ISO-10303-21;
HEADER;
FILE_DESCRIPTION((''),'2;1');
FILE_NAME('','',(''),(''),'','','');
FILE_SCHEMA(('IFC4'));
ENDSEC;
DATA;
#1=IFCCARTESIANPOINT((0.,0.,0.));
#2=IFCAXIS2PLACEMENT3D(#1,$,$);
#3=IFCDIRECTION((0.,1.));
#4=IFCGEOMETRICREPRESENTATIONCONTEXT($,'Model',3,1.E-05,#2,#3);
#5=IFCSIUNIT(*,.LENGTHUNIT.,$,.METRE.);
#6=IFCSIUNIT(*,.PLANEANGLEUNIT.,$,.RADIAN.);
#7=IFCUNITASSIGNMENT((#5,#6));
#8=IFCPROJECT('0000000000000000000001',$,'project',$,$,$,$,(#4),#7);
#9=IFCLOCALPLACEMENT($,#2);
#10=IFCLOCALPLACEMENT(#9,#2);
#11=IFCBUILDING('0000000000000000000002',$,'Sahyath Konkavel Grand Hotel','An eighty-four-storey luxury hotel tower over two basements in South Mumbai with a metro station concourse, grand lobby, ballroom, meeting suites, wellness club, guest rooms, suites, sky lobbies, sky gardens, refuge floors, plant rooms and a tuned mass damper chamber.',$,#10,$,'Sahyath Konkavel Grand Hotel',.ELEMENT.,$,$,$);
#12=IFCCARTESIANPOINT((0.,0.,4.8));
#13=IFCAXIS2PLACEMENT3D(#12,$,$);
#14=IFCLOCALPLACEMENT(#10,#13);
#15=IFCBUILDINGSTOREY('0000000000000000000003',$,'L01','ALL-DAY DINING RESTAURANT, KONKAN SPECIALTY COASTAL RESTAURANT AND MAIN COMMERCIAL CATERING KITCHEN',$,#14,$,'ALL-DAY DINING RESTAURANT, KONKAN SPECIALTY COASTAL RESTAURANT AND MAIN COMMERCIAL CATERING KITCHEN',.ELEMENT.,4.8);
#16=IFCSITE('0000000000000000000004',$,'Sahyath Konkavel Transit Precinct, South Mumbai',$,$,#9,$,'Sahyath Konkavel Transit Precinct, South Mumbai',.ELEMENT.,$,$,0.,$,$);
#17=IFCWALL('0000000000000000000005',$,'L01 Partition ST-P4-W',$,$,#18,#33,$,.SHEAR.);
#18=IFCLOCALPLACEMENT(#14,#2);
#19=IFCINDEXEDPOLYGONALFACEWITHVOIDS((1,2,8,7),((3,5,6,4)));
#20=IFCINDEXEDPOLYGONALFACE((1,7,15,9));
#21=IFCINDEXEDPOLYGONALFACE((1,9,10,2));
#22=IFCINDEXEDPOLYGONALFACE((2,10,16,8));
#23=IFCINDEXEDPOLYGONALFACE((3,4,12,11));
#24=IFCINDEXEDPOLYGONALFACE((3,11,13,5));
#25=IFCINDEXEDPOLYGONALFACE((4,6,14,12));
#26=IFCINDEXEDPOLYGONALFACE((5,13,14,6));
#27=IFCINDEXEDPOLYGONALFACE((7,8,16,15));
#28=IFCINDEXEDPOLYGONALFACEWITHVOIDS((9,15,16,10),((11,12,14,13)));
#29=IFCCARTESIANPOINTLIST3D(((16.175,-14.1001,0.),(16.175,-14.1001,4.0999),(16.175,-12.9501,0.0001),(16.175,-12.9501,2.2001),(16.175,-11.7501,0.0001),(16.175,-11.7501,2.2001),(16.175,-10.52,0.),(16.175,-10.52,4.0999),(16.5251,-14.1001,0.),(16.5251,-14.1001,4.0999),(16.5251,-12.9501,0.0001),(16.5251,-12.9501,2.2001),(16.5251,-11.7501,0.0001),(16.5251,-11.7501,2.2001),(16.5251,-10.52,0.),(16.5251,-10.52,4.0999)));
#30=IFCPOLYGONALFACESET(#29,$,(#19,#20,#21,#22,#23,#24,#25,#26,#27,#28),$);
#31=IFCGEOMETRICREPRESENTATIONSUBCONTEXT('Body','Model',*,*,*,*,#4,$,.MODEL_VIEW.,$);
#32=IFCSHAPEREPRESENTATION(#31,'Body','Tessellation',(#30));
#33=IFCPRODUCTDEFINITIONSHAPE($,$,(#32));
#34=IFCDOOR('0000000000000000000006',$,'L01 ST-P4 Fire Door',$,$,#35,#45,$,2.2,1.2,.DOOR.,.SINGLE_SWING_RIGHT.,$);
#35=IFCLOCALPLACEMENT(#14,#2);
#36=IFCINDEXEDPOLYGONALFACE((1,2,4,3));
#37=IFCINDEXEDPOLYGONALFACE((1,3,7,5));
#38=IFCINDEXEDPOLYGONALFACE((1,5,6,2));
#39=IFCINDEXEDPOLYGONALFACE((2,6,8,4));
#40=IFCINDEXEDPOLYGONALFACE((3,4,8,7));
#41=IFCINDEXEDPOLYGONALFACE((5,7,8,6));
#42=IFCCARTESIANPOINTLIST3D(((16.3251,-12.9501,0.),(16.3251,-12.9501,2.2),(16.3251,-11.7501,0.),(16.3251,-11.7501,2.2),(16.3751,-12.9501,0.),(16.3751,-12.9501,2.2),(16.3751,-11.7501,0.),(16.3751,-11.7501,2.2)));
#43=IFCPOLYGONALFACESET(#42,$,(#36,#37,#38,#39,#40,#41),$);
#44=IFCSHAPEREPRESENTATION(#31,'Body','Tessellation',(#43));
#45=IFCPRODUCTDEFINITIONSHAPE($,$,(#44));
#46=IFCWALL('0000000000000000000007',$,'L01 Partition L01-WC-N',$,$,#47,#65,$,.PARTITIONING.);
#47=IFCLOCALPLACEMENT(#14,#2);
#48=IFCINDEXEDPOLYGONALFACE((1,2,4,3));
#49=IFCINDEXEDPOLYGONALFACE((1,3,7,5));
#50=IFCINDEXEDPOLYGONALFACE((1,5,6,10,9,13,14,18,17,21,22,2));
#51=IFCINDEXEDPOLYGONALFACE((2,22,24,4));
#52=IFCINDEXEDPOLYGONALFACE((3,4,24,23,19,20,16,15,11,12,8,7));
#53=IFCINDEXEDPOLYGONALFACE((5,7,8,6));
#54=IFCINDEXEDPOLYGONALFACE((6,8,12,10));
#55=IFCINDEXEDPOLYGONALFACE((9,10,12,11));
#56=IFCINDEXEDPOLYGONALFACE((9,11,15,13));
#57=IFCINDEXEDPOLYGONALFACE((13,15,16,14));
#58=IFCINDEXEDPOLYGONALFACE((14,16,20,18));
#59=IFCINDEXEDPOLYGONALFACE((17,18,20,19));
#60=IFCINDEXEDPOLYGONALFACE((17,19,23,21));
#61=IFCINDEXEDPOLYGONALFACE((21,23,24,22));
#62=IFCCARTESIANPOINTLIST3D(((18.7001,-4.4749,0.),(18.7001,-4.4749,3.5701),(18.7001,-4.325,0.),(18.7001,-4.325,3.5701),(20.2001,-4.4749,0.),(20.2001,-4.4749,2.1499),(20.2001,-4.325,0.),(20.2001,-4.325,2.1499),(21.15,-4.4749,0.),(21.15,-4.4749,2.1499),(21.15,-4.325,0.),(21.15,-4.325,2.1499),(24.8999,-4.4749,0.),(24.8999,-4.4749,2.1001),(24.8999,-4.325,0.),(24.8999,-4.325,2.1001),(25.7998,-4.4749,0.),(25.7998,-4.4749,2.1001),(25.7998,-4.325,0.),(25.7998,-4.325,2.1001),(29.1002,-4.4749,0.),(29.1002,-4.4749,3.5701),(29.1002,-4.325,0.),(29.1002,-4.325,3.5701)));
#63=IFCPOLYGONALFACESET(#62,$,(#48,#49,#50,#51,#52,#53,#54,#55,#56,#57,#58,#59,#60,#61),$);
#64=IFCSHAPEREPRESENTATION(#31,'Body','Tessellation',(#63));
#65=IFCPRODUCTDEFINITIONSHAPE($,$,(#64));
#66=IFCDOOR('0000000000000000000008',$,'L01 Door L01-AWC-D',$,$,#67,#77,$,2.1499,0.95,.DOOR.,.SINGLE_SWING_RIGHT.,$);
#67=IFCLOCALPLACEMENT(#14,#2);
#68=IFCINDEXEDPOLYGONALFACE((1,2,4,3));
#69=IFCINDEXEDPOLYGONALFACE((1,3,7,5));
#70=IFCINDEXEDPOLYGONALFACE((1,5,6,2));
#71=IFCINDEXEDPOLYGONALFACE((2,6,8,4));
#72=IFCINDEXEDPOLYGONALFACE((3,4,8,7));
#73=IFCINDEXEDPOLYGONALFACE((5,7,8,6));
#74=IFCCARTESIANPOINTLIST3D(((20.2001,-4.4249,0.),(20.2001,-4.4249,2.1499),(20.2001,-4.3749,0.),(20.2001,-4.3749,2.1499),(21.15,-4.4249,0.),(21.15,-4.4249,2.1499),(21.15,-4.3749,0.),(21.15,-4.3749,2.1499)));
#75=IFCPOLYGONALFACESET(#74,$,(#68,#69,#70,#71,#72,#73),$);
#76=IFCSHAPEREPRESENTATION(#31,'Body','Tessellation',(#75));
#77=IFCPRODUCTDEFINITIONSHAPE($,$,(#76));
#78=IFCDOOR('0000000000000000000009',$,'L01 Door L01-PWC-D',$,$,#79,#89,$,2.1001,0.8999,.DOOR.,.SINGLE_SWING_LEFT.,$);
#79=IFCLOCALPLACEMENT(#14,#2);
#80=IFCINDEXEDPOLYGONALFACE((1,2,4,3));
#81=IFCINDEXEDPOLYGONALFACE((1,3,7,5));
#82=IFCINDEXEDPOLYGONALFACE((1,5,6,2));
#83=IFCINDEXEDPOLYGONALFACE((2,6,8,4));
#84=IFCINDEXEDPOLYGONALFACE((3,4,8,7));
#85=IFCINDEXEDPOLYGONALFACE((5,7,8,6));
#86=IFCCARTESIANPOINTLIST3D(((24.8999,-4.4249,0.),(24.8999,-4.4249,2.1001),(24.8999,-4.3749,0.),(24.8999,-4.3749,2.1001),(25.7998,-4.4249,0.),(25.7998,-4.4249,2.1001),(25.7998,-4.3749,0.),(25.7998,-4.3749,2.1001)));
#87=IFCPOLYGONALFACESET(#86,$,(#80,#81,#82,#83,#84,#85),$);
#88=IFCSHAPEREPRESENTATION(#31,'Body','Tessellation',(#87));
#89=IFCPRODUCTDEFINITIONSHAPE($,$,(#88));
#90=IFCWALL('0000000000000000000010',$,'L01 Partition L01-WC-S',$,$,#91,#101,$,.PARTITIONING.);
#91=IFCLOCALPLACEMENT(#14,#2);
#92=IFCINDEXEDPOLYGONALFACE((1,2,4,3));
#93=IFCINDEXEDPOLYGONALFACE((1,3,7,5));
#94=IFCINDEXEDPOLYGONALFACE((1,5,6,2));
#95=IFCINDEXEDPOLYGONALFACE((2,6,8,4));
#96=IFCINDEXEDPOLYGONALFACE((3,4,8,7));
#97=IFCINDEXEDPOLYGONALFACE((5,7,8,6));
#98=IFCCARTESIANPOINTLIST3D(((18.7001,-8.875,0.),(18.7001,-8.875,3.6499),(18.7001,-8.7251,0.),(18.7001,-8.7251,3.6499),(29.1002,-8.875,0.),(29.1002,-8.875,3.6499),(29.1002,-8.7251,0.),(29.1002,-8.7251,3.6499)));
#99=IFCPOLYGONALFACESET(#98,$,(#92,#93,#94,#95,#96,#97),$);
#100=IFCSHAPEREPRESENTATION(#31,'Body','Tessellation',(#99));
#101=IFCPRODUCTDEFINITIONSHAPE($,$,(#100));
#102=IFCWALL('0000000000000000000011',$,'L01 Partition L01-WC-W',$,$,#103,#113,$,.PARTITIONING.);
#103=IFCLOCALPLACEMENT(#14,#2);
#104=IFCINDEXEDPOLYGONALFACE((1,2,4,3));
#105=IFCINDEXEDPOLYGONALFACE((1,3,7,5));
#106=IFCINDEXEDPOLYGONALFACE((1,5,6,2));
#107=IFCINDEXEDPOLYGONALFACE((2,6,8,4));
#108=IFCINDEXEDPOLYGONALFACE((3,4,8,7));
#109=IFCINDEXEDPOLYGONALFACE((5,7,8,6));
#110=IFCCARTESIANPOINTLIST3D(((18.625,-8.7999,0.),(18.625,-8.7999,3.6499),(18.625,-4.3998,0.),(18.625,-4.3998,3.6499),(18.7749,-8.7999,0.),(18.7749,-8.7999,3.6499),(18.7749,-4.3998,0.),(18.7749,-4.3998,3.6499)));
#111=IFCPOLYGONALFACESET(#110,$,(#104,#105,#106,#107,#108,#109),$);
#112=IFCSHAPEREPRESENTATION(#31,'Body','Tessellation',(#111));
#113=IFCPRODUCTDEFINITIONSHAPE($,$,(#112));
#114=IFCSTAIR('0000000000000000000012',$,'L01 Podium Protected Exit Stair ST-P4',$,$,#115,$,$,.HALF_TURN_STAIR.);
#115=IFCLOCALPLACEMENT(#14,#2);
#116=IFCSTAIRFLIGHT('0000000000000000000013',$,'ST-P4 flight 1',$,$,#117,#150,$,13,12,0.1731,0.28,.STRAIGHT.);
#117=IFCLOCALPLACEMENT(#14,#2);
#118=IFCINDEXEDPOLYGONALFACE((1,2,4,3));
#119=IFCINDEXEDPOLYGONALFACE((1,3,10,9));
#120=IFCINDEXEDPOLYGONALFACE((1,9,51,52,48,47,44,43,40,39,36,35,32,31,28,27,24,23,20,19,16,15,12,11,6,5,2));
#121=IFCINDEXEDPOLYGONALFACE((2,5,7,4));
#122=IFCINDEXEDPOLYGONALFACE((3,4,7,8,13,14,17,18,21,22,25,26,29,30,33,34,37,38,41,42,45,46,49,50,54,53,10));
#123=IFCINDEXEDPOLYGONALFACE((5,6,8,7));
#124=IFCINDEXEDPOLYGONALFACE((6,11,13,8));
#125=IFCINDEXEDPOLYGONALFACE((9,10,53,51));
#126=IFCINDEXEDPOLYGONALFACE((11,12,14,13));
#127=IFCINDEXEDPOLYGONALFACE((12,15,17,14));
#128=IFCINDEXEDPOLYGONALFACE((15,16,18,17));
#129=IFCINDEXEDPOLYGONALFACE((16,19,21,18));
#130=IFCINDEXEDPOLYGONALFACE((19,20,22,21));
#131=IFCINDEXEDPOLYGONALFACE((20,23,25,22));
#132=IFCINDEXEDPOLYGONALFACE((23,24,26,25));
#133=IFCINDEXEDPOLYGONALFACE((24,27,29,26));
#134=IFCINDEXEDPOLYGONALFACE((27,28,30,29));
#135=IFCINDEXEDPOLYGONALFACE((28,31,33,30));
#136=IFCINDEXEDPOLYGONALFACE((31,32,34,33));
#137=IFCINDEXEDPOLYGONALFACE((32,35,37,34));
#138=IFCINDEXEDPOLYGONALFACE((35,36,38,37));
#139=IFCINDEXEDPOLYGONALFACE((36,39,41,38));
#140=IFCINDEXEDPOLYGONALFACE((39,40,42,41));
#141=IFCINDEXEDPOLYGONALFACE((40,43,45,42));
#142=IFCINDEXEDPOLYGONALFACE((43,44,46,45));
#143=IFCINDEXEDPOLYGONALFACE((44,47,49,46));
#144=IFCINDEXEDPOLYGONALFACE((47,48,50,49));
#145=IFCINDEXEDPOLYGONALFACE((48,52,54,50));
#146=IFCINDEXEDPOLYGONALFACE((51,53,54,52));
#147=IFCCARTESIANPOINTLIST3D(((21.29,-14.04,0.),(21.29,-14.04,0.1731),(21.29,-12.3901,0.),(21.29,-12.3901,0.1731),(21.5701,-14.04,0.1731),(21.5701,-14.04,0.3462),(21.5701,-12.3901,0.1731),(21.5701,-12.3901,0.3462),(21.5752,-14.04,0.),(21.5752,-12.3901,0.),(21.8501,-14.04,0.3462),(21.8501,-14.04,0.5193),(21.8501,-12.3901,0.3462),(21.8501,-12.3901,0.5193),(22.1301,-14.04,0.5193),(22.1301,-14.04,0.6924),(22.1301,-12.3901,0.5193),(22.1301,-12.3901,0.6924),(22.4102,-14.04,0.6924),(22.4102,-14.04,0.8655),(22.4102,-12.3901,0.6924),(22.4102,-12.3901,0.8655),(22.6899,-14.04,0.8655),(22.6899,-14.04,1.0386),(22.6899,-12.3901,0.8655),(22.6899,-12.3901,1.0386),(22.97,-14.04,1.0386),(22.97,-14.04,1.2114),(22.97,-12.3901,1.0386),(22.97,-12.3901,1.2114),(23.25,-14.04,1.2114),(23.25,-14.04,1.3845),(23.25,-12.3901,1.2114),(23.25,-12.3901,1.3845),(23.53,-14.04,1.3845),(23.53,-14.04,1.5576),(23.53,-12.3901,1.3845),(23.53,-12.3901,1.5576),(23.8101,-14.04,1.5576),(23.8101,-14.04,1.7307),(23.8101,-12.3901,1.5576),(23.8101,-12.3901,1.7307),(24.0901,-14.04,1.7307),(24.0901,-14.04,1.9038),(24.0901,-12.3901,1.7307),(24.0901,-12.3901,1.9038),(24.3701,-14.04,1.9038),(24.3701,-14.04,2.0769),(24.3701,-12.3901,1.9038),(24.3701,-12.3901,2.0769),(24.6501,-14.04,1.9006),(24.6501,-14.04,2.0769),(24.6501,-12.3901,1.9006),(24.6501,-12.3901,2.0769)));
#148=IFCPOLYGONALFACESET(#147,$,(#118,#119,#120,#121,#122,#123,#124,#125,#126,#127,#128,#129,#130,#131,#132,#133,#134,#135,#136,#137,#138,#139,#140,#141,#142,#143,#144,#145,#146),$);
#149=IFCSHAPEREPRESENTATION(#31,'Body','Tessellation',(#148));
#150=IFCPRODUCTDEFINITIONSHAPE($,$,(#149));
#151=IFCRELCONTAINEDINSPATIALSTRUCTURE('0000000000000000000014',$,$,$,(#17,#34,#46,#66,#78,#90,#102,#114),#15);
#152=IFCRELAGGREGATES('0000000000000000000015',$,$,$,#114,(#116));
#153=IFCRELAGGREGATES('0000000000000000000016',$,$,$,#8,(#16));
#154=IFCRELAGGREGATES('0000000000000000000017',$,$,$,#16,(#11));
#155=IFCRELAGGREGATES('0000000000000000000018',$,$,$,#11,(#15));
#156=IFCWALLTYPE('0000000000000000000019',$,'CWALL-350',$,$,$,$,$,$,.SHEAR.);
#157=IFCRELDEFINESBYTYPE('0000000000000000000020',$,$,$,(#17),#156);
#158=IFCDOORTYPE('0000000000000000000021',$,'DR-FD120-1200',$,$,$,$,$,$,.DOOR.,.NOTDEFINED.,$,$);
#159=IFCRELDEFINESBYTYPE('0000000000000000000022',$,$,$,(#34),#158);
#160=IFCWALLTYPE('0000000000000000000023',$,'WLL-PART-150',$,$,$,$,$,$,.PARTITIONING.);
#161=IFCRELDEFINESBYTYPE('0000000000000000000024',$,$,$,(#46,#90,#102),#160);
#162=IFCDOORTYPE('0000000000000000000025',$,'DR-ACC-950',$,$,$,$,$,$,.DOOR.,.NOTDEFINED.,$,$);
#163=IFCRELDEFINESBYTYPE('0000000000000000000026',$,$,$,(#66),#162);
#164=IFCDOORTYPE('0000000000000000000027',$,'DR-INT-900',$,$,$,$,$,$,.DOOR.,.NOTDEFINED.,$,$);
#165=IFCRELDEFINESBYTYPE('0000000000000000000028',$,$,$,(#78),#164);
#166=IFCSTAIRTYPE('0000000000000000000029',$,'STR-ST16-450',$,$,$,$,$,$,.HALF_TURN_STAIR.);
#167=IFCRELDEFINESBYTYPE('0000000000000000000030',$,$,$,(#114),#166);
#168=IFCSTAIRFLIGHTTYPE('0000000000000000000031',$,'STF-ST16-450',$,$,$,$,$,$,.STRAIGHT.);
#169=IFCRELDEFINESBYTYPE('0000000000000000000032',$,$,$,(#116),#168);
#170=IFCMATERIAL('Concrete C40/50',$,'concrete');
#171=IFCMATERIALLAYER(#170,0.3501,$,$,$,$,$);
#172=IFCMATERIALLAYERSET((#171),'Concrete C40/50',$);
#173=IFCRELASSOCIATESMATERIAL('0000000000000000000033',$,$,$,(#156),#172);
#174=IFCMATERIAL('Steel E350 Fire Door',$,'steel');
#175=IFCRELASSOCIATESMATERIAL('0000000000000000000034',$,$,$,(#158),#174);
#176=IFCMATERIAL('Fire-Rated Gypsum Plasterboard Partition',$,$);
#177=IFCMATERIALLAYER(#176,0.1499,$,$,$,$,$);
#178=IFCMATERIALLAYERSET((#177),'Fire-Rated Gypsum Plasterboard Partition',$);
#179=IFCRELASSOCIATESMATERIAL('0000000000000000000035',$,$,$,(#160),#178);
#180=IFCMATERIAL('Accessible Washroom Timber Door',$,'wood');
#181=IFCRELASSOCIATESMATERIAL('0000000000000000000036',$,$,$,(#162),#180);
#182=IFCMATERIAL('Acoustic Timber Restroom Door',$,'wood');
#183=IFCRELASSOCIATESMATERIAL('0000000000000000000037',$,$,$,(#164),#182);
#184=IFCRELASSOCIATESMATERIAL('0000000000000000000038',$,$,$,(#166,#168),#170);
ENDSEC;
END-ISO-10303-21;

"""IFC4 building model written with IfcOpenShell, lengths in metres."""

from ifc_helpers import new_model, si_unit, direction, frame, frame_2d, origin, origin_2d, place, context, subcontext, project, spatial, polyline, rectangle, outline, extrude, source, transform, mapped, material, layer, layer_set, type_object, element, fill, aggregate, save


model = new_model("IFC4")

# Units and contexts
model_context = context("Model", 3, precision=1e-05, world=origin(), true_north=direction((0.0, 1.0)))
body_context = subcontext(model_context, "Body", "Model", "MODEL_VIEW")
ifc_project = project(units=[si_unit("LENGTHUNIT", "METRE"), si_unit("PLANEANGLEUNIT", "RADIAN")], contexts=[model_context])

# Site, building, storey
site_placement = place(None, origin())
site = spatial("IfcSite", under=ifc_project, at=site_placement, Name="Sahyath Konkavel Transit Precinct, South Mumbai", LongName="Sahyath Konkavel Transit Precinct, South Mumbai", CompositionType="ELEMENT", RefElevation=0.0)
building_placement = place(site_placement, origin())
building = spatial("IfcBuilding", under=site, at=building_placement, Name="Sahyath Konkavel Grand Hotel", Description="An eighty-four-storey luxury hotel tower over two basements in South Mumbai with a metro station concourse, grand lobby, ballroom, meeting suites, wellness club, guest rooms, suites, sky lobbies, sky gardens, refuge floors, plant rooms and a tuned mass damper chamber.", LongName="Sahyath Konkavel Grand Hotel", CompositionType="ELEMENT")
storey_placement = place(building_placement, frame((0.0, 0.0, 4.8)))
storey = spatial("IfcBuildingStorey", under=building, at=storey_placement, Name="L01", Description="ALL-DAY DINING RESTAURANT, KONKAN SPECIALTY COASTAL RESTAURANT AND MAIN COMMERCIAL CATERING KITCHEN", LongName="ALL-DAY DINING RESTAURANT, KONKAN SPECIALTY COASTAL RESTAURANT AND MAIN COMMERCIAL CATERING KITCHEN", CompositionType="ELEMENT", Elevation=4.8)

# Shared definitions
ifc_material_1 = material(Name="Concrete C40/50", Category="concrete")
ifc_layer_1 = layer(ifc_material_1, 0.3501)
ifc_layer_set_1 = layer_set([ifc_layer_1], Name="Concrete C40/50")
wall_type_1 = type_object("IfcWallType", Name="CWALL-350", PredefinedType="SHEAR", material=ifc_layer_set_1)

# Wall, opening, door
wall_1_placement = place(storey_placement, frame((16.3501, -14.1001, 0.0), z_axis=(0.0, 0.0, 1.0), x_axis=(0.0, 1.0, 0.0)))
wall_1 = element("IfcWall", 1, at=wall_1_placement, inside=storey, type_object=wall_type_1, Name="L01 Partition ST-P4-W", PredefinedType="SHEAR", context=body_context, shape_type="SweptSolid", body=[
    extrude(rectangle(XDim=3.5801, YDim=0.3501, at=frame_2d((1.79, 0.0))), origin(), (0.0, 0.0, 1.0), 4.0999),
])
opening_1_placement = place(wall_1_placement, frame((1.1499, 0.0, 0.0)))
opening_1 = element("IfcOpeningElement", 2, at=opening_1_placement, cuts=wall_1, PredefinedType="OPENING", context=body_context, shape_type="SweptSolid", body=[
    extrude(rectangle(XDim=1.2, YDim=2.2, at=frame_2d((0.6001, 1.1001))), frame((0.0, 0.1851, 0.0), z_axis=(0.0, -1.0, 0.0), x_axis=(1.0, 0.0, 0.0)), (0.0, 0.0, 1.0), 0.3701),
])
ifc_material_2 = material(Name="Steel E350 Fire Door", Category="steel")
door_type_1 = type_object("IfcDoorType", Name="DR-FD120-1200", OperationType="NOTDEFINED", PredefinedType="DOOR", material=ifc_material_2)
shared_shape_1 = source(origin(), body_context, "Body", "SweptSolid", [
    extrude(rectangle(XDim=1.2, YDim=0.05, at=origin_2d()), origin(), (0.0, 0.0, 1.0), 2.2),
])
door_1_placement = place(opening_1_placement, frame((0.6001, 0.0, 0.0)))
door_1 = element("IfcDoor", 3, at=door_1_placement, inside=storey, type_object=door_type_1, Name="L01 ST-P4 Fire Door", OperationType="SINGLE_SWING_RIGHT", OverallHeight=2.2, OverallWidth=1.2, PredefinedType="DOOR", context=body_context, shape_type="MappedRepresentation", body=[
    mapped(shared_shape_1, transform((0.0, 0.0, 0.0), scale=1.0)),
])
fill(opening_1, door_1)

# Wall, openings, doors
ifc_material_3 = material(Name="Fire-Rated Gypsum Plasterboard Partition")
ifc_layer_2 = layer(ifc_material_3, 0.1499)
ifc_layer_set_2 = layer_set([ifc_layer_2], Name="Fire-Rated Gypsum Plasterboard Partition")
wall_type_2 = type_object("IfcWallType", Name="WLL-PART-150", PredefinedType="PARTITIONING", material=ifc_layer_set_2)
wall_2_placement = place(storey_placement, frame((18.7, -4.3999, 0.0), z_axis=(0.0, 0.0, 1.0), x_axis=(1.0, 0.0, 0.0)))
wall_2 = element("IfcWall", 4, at=wall_2_placement, inside=storey, type_object=wall_type_2, Name="L01 Partition L01-WC-N", PredefinedType="PARTITIONING", context=body_context, shape_type="SweptSolid", body=[
    extrude(rectangle(XDim=10.4001, YDim=0.1499, at=frame_2d((5.2002, 0.0))), origin(), (0.0, 0.0, 1.0), 3.5701),
])
opening_2_placement = place(wall_2_placement, frame((1.5, 0.0, 0.0)))
opening_2 = element("IfcOpeningElement", 5, at=opening_2_placement, cuts=wall_2, PredefinedType="OPENING", context=body_context, shape_type="SweptSolid", body=[
    extrude(rectangle(XDim=0.95, YDim=2.1499, at=frame_2d((0.4751, 1.075))), frame((0.0, 0.085, 0.0), z_axis=(0.0, -1.0, 0.0), x_axis=(1.0, 0.0, 0.0)), (0.0, 0.0, 1.0), 0.1699),
])
opening_3_placement = place(wall_2_placement, frame((6.2, 0.0, 0.0)))
opening_3 = element("IfcOpeningElement", 6, at=opening_3_placement, cuts=wall_2, PredefinedType="OPENING", context=body_context, shape_type="SweptSolid", body=[
    extrude(rectangle(XDim=0.8999, YDim=2.1001, at=frame_2d((0.45, 1.05))), frame((0.0, 0.085, 0.0), z_axis=(0.0, -1.0, 0.0), x_axis=(1.0, 0.0, 0.0)), (0.0, 0.0, 1.0), 0.1699),
])
ifc_material_4 = material(Name="Accessible Washroom Timber Door", Category="wood")
door_type_2 = type_object("IfcDoorType", Name="DR-ACC-950", OperationType="NOTDEFINED", PredefinedType="DOOR", material=ifc_material_4)
shared_shape_2 = source(origin(), body_context, "Body", "SweptSolid", [
    extrude(rectangle(XDim=0.95, YDim=0.05, at=origin_2d()), origin(), (0.0, 0.0, 1.0), 2.1499),
])
door_2_placement = place(opening_2_placement, frame((0.4751, 0.0, 0.0)))
door_2 = element("IfcDoor", 7, at=door_2_placement, inside=storey, type_object=door_type_2, Name="L01 Door L01-AWC-D", OperationType="SINGLE_SWING_RIGHT", OverallHeight=2.1499, OverallWidth=0.95, PredefinedType="DOOR", context=body_context, shape_type="MappedRepresentation", body=[
    mapped(shared_shape_2, transform((0.0, 0.0, 0.0), scale=1.0)),
])
fill(opening_2, door_2)
ifc_material_5 = material(Name="Acoustic Timber Restroom Door", Category="wood")
door_type_3 = type_object("IfcDoorType", Name="DR-INT-900", OperationType="NOTDEFINED", PredefinedType="DOOR", material=ifc_material_5)
shared_shape_3 = source(origin(), body_context, "Body", "SweptSolid", [
    extrude(rectangle(XDim=0.8999, YDim=0.05, at=origin_2d()), origin(), (0.0, 0.0, 1.0), 2.1001),
])
door_3_placement = place(opening_3_placement, frame((0.45, 0.0, 0.0)))
door_3 = element("IfcDoor", 8, at=door_3_placement, inside=storey, type_object=door_type_3, Name="L01 Door L01-PWC-D", OperationType="SINGLE_SWING_LEFT", OverallHeight=2.1001, OverallWidth=0.8999, PredefinedType="DOOR", context=body_context, shape_type="MappedRepresentation", body=[
    mapped(shared_shape_3, transform((0.0, 0.0, 0.0), scale=1.0)),
])
fill(opening_3, door_3)

# Walls
wall_3_placement = place(storey_placement, frame((18.7, -8.8, 0.0), z_axis=(0.0, 0.0, 1.0), x_axis=(1.0, 0.0, 0.0)))
element("IfcWall", 9, at=wall_3_placement, inside=storey, type_object=wall_type_2, Name="L01 Partition L01-WC-S", PredefinedType="PARTITIONING", context=body_context, shape_type="SweptSolid", body=[
    extrude(rectangle(XDim=10.4001, YDim=0.1499, at=frame_2d((5.2002, 0.0))), origin(), (0.0, 0.0, 1.0), 3.6499),
])
wall_4_placement = place(storey_placement, frame((18.7, -8.8, 0.0), z_axis=(0.0, 0.0, 1.0), x_axis=(0.0, 1.0, 0.0)))
element("IfcWall", 10, at=wall_4_placement, inside=storey, type_object=wall_type_2, Name="L01 Partition L01-WC-W", PredefinedType="PARTITIONING", context=body_context, shape_type="SweptSolid", body=[
    extrude(rectangle(XDim=4.4001, YDim=0.1499, at=frame_2d((2.2002, 0.0))), origin(), (0.0, 0.0, 1.0), 3.6499),
])

# Stair, stair flight
stair_type = type_object("IfcStairType", Name="STR-ST16-450", PredefinedType="HALF_TURN_STAIR", material=ifc_material_1)
stair_placement = place(storey_placement, origin())
stair = element("IfcStair", 11, at=stair_placement, inside=storey, type_object=stair_type, Name="L01 Podium Protected Exit Stair ST-P4", PredefinedType="HALF_TURN_STAIR")
stair_flight_type = type_object("IfcStairFlightType", Name="STF-ST16-450", PredefinedType="STRAIGHT", material=ifc_material_1)
stair_flight_placement = place(storey_placement, frame((21.29, -13.2151, 0.0), z_axis=(0.0, 0.0, 1.0), x_axis=(1.0, 0.0, 0.0)))
stair_flight = element("IfcStairFlight", 12, at=stair_flight_placement, type_object=stair_flight_type, Name="ST-P4 flight 1", NumberOfRisers=13, NumberOfTreads=12, PredefinedType="STRAIGHT", RiserHeight=0.1731, TreadLength=0.28, context=body_context, shape_type="SweptSolid", body=[
    extrude(outline(polyline([(0.0, 0.0), (0.0, 0.1731), (0.28, 0.1731), (0.28, 0.3462), (0.5601, 0.3462), (0.5601, 0.5193), (0.8401, 0.5193), (0.8401, 0.6924), (1.1201, 0.6924), (1.1201, 0.8655), (1.3999, 0.8655), (1.3999, 1.0386), (1.6799, 1.0386), (1.6799, 1.2114), (1.96, 1.2114), (1.96, 1.3845), (2.24, 1.3845), (2.24, 1.5576), (2.52, 1.5576), (2.52, 1.7307), (2.8, 1.7307), (2.8, 1.9038), (3.0801, 1.9038), (3.0801, 2.0769), (3.3601, 2.0769), (3.3601, 2.25), (3.3601, 1.9006), (0.2852, 0.0), (0.0, 0.0)])), frame((0.0, 0.825, 0.0), z_axis=(0.0, -1.0, 0.0), x_axis=(1.0, 0.0, 0.0)), (0.0, 0.0, 1.0), 1.6499),
])
aggregate(stair, [stair_flight])

save(model, "model.ifc")
